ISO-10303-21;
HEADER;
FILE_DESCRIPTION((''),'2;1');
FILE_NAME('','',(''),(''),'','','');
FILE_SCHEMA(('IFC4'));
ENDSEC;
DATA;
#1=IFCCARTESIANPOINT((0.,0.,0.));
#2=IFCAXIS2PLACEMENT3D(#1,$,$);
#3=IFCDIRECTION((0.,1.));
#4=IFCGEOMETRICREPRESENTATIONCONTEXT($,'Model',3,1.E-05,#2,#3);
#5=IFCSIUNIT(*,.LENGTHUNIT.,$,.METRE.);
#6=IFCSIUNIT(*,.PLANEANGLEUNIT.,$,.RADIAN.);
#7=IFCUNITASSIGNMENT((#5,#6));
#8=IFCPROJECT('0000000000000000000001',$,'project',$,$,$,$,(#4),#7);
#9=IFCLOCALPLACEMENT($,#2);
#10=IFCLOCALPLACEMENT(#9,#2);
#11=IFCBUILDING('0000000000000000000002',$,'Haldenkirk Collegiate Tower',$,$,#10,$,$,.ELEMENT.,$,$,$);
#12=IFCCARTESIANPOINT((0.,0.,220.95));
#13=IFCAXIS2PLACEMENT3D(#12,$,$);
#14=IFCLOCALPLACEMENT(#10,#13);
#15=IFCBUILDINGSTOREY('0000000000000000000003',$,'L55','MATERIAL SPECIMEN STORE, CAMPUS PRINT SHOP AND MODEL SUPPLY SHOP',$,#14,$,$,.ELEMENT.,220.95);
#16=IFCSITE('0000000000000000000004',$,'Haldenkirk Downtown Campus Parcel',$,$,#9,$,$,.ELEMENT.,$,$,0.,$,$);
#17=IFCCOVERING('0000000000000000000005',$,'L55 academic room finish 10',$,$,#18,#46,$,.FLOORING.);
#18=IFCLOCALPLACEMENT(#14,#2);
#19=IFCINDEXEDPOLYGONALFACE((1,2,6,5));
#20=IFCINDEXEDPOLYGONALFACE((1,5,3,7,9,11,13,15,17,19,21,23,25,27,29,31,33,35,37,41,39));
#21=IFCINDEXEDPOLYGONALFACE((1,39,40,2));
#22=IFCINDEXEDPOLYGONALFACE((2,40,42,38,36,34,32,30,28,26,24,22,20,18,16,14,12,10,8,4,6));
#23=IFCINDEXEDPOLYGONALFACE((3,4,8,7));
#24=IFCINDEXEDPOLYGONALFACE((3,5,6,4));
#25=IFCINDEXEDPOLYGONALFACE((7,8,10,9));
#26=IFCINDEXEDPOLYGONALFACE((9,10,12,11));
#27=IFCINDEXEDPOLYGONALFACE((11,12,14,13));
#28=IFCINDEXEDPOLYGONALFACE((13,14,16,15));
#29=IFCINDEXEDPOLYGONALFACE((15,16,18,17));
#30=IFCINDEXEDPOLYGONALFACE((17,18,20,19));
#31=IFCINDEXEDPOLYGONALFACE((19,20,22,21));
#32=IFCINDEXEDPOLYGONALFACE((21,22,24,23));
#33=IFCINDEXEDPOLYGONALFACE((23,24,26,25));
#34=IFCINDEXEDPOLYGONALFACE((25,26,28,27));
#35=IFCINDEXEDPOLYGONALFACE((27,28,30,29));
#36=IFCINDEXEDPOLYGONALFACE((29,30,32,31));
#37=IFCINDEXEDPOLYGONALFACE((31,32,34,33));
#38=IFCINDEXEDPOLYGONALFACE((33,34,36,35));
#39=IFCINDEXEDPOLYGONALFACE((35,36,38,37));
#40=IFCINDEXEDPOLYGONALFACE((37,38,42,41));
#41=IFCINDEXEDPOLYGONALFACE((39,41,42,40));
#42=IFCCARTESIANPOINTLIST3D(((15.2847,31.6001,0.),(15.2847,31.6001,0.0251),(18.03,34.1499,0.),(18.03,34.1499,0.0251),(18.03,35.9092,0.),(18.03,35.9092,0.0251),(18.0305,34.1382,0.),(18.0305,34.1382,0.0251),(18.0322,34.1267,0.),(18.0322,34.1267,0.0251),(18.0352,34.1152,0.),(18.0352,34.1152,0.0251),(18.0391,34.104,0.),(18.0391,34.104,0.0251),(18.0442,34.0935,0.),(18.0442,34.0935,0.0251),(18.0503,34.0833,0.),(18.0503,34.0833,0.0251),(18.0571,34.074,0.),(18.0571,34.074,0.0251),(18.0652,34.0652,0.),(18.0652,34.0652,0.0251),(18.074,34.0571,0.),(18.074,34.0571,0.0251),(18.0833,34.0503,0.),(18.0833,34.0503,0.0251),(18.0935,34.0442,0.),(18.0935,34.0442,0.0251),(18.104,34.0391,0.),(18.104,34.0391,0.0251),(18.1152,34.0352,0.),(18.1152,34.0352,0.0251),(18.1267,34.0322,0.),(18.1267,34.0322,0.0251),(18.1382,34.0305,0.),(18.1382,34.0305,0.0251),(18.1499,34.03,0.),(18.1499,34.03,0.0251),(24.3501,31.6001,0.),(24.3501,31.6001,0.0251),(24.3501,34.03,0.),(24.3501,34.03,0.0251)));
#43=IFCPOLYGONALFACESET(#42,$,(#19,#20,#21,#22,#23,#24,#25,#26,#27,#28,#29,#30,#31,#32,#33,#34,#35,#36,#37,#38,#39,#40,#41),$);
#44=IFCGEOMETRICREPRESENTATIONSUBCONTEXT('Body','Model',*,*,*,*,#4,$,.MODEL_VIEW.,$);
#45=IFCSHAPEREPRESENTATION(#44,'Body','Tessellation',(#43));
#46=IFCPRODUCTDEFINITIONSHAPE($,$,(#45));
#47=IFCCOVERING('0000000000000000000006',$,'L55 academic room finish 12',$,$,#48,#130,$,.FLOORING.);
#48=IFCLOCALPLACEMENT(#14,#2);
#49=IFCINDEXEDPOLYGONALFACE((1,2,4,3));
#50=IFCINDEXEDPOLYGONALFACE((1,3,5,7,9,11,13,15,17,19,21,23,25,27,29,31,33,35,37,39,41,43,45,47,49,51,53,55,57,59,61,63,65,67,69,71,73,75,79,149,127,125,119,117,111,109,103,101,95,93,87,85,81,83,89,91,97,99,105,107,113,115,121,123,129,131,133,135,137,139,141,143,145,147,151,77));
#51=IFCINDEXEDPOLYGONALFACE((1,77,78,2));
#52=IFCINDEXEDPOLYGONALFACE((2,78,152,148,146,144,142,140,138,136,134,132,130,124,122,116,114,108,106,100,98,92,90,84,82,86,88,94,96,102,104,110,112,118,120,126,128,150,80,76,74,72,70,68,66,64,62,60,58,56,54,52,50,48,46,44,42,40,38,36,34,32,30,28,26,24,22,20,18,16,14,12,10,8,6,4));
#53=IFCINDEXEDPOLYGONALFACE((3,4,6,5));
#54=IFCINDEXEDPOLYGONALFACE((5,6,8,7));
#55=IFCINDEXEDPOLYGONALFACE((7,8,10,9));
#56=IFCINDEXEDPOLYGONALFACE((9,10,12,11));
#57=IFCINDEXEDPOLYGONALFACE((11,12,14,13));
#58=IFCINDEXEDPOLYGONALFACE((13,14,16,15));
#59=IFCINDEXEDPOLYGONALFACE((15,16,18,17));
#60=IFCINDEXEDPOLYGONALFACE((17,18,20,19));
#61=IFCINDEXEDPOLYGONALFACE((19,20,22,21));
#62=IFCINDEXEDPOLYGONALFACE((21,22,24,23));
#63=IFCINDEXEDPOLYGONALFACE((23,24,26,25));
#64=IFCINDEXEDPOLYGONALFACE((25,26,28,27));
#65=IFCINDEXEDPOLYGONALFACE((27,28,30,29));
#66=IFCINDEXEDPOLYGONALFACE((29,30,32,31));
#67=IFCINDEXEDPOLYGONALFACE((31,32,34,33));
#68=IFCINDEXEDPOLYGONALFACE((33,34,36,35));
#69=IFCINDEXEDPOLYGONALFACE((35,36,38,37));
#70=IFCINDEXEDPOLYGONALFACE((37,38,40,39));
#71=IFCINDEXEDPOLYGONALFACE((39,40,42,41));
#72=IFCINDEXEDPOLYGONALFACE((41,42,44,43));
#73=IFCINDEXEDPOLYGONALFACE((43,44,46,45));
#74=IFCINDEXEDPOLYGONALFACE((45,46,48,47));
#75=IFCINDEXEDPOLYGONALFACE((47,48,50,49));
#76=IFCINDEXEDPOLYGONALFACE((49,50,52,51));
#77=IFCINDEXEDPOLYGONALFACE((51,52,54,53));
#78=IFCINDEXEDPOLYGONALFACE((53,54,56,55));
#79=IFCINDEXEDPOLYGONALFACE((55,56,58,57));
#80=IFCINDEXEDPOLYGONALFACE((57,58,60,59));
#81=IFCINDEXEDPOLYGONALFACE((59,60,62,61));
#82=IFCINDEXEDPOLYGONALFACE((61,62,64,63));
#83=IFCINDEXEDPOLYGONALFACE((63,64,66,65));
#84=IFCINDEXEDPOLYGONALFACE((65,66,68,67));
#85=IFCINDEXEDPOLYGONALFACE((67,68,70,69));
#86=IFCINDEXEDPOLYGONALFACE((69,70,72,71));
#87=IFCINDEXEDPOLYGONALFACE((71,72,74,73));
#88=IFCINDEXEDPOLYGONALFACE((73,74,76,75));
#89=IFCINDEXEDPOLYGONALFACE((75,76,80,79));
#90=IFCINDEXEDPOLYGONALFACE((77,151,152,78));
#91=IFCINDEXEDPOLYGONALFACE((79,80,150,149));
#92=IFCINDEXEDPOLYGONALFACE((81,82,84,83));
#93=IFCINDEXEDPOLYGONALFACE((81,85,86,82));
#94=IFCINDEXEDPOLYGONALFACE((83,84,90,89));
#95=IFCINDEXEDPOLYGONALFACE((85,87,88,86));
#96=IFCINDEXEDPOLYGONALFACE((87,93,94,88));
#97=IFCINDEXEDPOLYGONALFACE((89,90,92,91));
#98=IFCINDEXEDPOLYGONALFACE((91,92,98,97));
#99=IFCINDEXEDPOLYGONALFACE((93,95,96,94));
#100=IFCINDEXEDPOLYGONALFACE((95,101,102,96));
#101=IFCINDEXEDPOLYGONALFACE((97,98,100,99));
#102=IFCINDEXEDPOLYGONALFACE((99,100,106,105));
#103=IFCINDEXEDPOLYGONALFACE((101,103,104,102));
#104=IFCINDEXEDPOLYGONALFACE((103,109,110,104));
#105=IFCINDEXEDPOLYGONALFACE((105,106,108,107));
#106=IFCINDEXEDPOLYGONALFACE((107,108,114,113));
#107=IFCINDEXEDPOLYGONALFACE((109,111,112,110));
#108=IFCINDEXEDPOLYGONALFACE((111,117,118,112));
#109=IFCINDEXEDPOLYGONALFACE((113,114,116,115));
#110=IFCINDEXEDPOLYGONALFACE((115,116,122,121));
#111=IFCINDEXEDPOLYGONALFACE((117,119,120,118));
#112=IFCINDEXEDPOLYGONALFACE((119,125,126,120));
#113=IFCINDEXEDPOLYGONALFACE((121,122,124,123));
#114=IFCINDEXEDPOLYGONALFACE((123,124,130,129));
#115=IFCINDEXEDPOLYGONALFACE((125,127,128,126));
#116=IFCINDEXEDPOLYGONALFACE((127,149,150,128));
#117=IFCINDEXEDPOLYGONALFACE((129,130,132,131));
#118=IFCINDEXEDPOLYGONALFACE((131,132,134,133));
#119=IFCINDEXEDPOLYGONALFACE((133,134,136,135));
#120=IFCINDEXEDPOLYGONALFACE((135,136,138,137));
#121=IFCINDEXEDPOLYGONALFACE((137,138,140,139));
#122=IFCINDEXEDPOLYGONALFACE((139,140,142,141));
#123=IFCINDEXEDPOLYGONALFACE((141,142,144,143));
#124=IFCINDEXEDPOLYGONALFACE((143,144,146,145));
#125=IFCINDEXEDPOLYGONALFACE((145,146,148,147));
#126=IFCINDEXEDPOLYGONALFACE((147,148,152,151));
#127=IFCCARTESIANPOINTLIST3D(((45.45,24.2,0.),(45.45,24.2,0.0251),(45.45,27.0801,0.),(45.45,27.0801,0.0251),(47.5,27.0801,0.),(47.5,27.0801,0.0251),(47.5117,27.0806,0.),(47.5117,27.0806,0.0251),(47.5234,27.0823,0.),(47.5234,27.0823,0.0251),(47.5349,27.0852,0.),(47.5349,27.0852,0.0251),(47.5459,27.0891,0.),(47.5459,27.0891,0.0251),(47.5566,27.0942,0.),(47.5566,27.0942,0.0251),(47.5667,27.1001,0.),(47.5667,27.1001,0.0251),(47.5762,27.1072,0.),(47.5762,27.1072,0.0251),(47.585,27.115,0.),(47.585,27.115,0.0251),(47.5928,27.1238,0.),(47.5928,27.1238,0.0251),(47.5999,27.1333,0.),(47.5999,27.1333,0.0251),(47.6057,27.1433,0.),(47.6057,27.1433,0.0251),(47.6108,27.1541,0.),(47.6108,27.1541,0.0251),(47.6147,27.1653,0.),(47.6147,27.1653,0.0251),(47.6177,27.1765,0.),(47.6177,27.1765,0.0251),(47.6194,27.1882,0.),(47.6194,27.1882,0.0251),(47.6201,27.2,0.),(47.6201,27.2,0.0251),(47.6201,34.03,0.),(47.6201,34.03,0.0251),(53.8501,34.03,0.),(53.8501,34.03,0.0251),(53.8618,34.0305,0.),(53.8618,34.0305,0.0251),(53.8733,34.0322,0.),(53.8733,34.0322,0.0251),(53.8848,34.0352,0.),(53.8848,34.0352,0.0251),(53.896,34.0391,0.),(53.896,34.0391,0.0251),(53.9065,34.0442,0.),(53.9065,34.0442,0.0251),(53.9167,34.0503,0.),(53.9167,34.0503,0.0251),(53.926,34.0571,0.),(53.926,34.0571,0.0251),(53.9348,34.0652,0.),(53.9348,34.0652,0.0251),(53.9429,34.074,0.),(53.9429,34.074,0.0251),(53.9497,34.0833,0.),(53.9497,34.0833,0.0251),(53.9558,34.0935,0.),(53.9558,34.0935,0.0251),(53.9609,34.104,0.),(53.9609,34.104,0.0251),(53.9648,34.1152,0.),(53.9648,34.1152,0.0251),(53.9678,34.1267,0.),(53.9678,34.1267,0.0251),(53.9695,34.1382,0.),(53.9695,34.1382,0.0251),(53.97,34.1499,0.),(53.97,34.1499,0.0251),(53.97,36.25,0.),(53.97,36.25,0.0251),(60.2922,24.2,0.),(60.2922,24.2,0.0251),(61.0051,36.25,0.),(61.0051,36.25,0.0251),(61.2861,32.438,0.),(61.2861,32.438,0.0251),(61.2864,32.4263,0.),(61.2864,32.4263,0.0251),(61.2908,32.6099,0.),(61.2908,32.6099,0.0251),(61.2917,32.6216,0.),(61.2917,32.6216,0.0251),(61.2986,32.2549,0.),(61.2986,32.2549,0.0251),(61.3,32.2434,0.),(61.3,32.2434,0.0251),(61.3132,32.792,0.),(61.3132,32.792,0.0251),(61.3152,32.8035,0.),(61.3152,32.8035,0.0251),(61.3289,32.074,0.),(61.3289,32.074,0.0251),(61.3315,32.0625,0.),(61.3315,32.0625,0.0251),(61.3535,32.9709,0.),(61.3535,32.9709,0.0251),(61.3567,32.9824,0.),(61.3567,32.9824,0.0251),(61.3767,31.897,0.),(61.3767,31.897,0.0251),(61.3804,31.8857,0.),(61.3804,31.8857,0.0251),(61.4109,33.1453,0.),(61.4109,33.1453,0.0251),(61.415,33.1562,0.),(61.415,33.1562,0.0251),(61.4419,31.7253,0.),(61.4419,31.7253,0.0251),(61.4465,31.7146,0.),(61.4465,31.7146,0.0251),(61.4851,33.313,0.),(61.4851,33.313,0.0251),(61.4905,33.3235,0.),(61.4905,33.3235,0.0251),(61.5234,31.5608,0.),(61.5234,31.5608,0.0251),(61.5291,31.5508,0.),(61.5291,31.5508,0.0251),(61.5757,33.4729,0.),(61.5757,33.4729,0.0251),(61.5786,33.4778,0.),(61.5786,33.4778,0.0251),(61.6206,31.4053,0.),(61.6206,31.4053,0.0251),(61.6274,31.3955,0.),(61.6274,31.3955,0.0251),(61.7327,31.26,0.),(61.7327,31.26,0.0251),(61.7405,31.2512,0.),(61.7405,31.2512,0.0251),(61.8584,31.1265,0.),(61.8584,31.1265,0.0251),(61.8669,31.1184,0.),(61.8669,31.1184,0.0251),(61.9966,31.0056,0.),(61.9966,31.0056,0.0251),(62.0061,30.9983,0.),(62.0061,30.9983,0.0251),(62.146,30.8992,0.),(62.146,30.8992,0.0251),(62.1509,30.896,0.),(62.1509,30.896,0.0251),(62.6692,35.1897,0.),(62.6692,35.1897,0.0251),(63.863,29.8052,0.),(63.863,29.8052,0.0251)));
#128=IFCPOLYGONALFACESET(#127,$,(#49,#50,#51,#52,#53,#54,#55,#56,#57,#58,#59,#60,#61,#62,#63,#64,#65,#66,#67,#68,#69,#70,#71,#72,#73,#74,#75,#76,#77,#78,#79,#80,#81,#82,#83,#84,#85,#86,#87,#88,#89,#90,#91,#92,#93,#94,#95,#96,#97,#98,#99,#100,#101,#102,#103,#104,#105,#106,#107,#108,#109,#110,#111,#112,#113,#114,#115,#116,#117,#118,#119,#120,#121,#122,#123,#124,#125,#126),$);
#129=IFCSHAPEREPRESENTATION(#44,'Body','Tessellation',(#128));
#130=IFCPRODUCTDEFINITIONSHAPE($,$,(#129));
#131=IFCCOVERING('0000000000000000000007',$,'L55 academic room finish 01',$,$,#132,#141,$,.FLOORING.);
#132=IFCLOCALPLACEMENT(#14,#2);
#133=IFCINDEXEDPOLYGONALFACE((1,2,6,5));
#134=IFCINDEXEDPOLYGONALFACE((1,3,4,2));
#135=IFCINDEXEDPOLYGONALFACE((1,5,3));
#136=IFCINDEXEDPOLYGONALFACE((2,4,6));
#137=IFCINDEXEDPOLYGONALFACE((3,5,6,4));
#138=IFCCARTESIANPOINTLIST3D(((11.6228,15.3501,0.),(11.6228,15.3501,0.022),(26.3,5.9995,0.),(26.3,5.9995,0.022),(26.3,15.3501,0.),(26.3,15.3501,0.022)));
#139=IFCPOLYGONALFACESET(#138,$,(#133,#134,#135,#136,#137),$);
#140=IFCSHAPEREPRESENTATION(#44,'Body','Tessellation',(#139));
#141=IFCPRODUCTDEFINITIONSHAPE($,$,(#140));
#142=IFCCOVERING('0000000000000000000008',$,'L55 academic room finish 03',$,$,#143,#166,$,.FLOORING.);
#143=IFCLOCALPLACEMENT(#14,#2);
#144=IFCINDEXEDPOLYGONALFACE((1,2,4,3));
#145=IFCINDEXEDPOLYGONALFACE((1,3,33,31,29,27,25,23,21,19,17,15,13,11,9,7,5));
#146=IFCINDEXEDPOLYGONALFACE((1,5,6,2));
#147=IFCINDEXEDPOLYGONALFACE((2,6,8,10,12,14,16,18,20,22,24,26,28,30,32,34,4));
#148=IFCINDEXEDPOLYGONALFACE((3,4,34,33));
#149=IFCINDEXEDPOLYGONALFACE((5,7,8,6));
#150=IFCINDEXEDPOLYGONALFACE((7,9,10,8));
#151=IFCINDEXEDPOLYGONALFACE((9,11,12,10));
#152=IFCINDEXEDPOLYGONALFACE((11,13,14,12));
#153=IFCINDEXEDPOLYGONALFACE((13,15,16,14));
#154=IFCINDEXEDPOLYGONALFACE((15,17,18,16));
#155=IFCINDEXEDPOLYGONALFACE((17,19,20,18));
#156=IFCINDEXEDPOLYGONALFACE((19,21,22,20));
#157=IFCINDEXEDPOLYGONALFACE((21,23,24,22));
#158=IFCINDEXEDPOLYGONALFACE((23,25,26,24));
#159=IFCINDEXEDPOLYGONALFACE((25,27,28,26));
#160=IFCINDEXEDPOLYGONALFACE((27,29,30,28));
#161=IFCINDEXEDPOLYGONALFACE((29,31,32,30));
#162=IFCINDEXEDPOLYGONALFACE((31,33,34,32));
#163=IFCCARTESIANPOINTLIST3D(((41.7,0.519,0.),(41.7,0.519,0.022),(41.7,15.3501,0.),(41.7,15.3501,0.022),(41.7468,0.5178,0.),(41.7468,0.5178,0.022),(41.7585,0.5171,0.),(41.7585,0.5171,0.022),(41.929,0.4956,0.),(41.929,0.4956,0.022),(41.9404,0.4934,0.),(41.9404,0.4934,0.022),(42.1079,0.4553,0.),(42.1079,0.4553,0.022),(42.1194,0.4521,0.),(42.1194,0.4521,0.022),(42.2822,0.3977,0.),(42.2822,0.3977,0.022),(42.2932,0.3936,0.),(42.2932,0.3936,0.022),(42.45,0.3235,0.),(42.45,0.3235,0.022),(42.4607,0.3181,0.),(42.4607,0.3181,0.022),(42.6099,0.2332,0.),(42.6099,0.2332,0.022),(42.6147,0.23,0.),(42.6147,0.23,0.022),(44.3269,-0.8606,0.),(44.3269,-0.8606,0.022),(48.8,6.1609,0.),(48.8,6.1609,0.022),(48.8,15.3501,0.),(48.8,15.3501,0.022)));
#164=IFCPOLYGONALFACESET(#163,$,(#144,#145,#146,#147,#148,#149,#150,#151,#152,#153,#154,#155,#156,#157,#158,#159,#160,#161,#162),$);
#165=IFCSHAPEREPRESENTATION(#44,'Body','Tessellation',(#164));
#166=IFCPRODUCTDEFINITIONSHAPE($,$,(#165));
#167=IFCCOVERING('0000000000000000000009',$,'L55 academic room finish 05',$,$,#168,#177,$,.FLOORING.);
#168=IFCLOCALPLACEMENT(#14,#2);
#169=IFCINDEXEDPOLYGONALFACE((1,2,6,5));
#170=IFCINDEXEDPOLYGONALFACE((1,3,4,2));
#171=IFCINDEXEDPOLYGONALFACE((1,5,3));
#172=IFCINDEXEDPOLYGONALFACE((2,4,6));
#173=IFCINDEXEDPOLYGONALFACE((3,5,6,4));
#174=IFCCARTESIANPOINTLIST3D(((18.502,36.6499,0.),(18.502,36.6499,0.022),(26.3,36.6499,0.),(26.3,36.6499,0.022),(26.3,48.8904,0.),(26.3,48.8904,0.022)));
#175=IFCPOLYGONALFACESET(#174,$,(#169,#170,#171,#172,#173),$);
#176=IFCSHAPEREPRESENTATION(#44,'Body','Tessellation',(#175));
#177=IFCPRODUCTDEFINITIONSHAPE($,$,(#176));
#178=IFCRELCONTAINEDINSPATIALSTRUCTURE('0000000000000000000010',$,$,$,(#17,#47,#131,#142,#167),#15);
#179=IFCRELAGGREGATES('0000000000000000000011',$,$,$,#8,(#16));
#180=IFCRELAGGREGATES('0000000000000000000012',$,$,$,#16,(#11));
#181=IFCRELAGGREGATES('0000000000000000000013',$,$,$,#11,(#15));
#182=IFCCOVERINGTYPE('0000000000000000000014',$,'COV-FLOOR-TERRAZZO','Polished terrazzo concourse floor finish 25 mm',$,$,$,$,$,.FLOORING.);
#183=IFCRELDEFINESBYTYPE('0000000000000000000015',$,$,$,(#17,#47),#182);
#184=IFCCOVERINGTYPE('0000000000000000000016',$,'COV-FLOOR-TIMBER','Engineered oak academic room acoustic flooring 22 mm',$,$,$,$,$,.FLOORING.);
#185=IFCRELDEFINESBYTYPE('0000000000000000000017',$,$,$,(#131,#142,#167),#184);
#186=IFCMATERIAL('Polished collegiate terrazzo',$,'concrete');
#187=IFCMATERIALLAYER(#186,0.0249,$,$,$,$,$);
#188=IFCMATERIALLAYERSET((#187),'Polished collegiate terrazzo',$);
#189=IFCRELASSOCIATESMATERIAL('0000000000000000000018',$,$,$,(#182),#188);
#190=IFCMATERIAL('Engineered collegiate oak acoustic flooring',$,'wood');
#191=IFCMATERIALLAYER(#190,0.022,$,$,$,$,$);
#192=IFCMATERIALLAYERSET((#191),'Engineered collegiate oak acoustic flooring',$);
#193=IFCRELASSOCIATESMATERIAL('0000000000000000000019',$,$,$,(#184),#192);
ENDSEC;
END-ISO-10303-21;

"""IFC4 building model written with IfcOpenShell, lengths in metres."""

from ifc_helpers import new_model, si_unit, direction, frame, origin, place, context, subcontext, project, spatial, polyline, outline, extrude, material, layer, layer_set, type_object, element, save


model = new_model("IFC4")

# Units and contexts
model_context = context("Model", 3, precision=1e-05, world=origin(), true_north=direction((0.0, 1.0)))
body_context = subcontext(model_context, "Body", "Model", "MODEL_VIEW")
ifc_project = project(units=[si_unit("LENGTHUNIT", "METRE"), si_unit("PLANEANGLEUNIT", "RADIAN")], contexts=[model_context])

# Site, building, storey
site_placement = place(None, origin())
site = spatial("IfcSite", under=ifc_project, at=site_placement, Name="Haldenkirk Downtown Campus Parcel", CompositionType="ELEMENT", RefElevation=0.0)
building_placement = place(site_placement, origin())
building = spatial("IfcBuilding", under=site, at=building_placement, Name="Haldenkirk Collegiate Tower", CompositionType="ELEMENT")
storey_placement = place(building_placement, frame((0.0, 0.0, 220.95)))
storey = spatial("IfcBuildingStorey", under=building, at=storey_placement, Name="L55", Description="MATERIAL SPECIMEN STORE, CAMPUS PRINT SHOP AND MODEL SUPPLY SHOP", CompositionType="ELEMENT", Elevation=220.95)

# Coverings
ifc_material_1 = material(Name="Polished collegiate terrazzo", Category="concrete")
ifc_layer_1 = layer(ifc_material_1, 0.0249)
ifc_layer_set_1 = layer_set([ifc_layer_1], Name="Polished collegiate terrazzo")
covering_type_1 = type_object("IfcCoveringType", Name="COV-FLOOR-TERRAZZO", Description="Polished terrazzo concourse floor finish 25 mm", PredefinedType="FLOORING", material=ifc_layer_set_1)
covering_1_placement = place(storey_placement, origin())
element("IfcCovering", 1, at=covering_1_placement, inside=storey, type_object=covering_type_1, Name="L55 academic room finish 10", PredefinedType="FLOORING", context=body_context, shape_type="SweptSolid", body=[
    extrude(outline(polyline([(18.03, 35.9092), (18.03, 34.1499), (18.0305, 34.1382), (18.0322, 34.1267), (18.0352, 34.1152), (18.0391, 34.104), (18.0442, 34.0935), (18.0503, 34.0833), (18.0571, 34.074), (18.0652, 34.0652), (18.074, 34.0571), (18.0833, 34.0503), (18.0935, 34.0442), (18.104, 34.0391), (18.1152, 34.0352), (18.1267, 34.0322), (18.1382, 34.0305), (18.1499, 34.03), (24.3501, 34.03), (24.3501, 31.6001), (15.2847, 31.6001), (18.03, 35.9092)])), origin(), (0.0, 0.0, 1.0), 0.0251),
])
covering_2_placement = place(storey_placement, origin())
element("IfcCovering", 2, at=covering_2_placement, inside=storey, type_object=covering_type_1, Name="L55 academic room finish 12", PredefinedType="FLOORING", context=body_context, shape_type="SweptSolid", body=[
    extrude(outline(polyline([(47.5, 27.0801), (47.5117, 27.0806), (47.5234, 27.0823), (47.5349, 27.0852), (47.5459, 27.0891), (47.5566, 27.0942), (47.5667, 27.1001), (47.5762, 27.1072), (47.585, 27.115), (47.5928, 27.1238), (47.5999, 27.1333), (47.6057, 27.1433), (47.6108, 27.1541), (47.6147, 27.1653), (47.6177, 27.1765), (47.6194, 27.1882), (47.6201, 27.2), (47.6201, 34.03), (53.8501, 34.03), (53.8618, 34.0305), (53.8733, 34.0322), (53.8848, 34.0352), (53.896, 34.0391), (53.9065, 34.0442), (53.9167, 34.0503), (53.926, 34.0571), (53.9348, 34.0652), (53.9429, 34.074), (53.9497, 34.0833), (53.9558, 34.0935), (53.9609, 34.104), (53.9648, 34.1152), (53.9678, 34.1267), (53.9695, 34.1382), (53.97, 34.1499), (53.97, 36.25), (61.0051, 36.25), (62.6692, 35.1897), (61.5786, 33.4778), (61.5757, 33.4729), (61.4905, 33.3235), (61.4851, 33.313), (61.415, 33.1562), (61.4109, 33.1453), (61.3567, 32.9824), (61.3535, 32.9709), (61.3152, 32.8035), (61.3132, 32.792), (61.2917, 32.6216), (61.2908, 32.6099), (61.2861, 32.438), (61.2864, 32.4263), (61.2986, 32.2549), (61.3, 32.2434), (61.3289, 32.074), (61.3315, 32.0625), (61.3767, 31.897), (61.3804, 31.8857), (61.4419, 31.7253), (61.4465, 31.7146), (61.5234, 31.5608), (61.5291, 31.5508), (61.6206, 31.4053), (61.6274, 31.3955), (61.7327, 31.26), (61.7405, 31.2512), (61.8584, 31.1265), (61.8669, 31.1184), (61.9966, 31.0056), (62.0061, 30.9983), (62.146, 30.8992), (62.1509, 30.896), (63.863, 29.8052), (60.2922, 24.2), (45.45, 24.2), (45.45, 27.0801), (47.5, 27.0801)])), origin(), (0.0, 0.0, 1.0), 0.0251),
])
ifc_material_2 = material(Name="Engineered collegiate oak acoustic flooring", Category="wood")
ifc_layer_2 = layer(ifc_material_2, 0.022)
ifc_layer_set_2 = layer_set([ifc_layer_2], Name="Engineered collegiate oak acoustic flooring")
covering_type_2 = type_object("IfcCoveringType", Name="COV-FLOOR-TIMBER", Description="Engineered oak academic room acoustic flooring 22 mm", PredefinedType="FLOORING", material=ifc_layer_set_2)
covering_3_placement = place(storey_placement, origin())
element("IfcCovering", 3, at=covering_3_placement, inside=storey, type_object=covering_type_2, Name="L55 academic room finish 01", PredefinedType="FLOORING", context=body_context, shape_type="SweptSolid", body=[
    extrude(outline(polyline([(11.6228, 15.3501), (26.3, 15.3501), (26.3, 5.9995), (11.6228, 15.3501)])), origin(), (0.0, 0.0, 1.0), 0.022),
])
covering_4_placement = place(storey_placement, origin())
element("IfcCovering", 4, at=covering_4_placement, inside=storey, type_object=covering_type_2, Name="L55 academic room finish 03", PredefinedType="FLOORING", context=body_context, shape_type="SweptSolid", body=[
    extrude(outline(polyline([(41.9404, 0.4934), (41.929, 0.4956), (41.7585, 0.5171), (41.7468, 0.5178), (41.7, 0.519), (41.7, 15.3501), (48.8, 15.3501), (48.8, 6.1609), (44.3269, -0.8606), (42.6147, 0.23), (42.6099, 0.2332), (42.4607, 0.3181), (42.45, 0.3235), (42.2932, 0.3936), (42.2822, 0.3977), (42.1194, 0.4521), (42.1079, 0.4553), (41.9404, 0.4934)])), origin(), (0.0, 0.0, 1.0), 0.022),
])
covering_5_placement = place(storey_placement, origin())
element("IfcCovering", 5, at=covering_5_placement, inside=storey, type_object=covering_type_2, Name="L55 academic room finish 05", PredefinedType="FLOORING", context=body_context, shape_type="SweptSolid", body=[
    extrude(outline(polyline([(26.3, 48.8904), (26.3, 36.6499), (18.502, 36.6499), (26.3, 48.8904)])), origin(), (0.0, 0.0, 1.0), 0.022),
])

save(model, "model.ifc")
